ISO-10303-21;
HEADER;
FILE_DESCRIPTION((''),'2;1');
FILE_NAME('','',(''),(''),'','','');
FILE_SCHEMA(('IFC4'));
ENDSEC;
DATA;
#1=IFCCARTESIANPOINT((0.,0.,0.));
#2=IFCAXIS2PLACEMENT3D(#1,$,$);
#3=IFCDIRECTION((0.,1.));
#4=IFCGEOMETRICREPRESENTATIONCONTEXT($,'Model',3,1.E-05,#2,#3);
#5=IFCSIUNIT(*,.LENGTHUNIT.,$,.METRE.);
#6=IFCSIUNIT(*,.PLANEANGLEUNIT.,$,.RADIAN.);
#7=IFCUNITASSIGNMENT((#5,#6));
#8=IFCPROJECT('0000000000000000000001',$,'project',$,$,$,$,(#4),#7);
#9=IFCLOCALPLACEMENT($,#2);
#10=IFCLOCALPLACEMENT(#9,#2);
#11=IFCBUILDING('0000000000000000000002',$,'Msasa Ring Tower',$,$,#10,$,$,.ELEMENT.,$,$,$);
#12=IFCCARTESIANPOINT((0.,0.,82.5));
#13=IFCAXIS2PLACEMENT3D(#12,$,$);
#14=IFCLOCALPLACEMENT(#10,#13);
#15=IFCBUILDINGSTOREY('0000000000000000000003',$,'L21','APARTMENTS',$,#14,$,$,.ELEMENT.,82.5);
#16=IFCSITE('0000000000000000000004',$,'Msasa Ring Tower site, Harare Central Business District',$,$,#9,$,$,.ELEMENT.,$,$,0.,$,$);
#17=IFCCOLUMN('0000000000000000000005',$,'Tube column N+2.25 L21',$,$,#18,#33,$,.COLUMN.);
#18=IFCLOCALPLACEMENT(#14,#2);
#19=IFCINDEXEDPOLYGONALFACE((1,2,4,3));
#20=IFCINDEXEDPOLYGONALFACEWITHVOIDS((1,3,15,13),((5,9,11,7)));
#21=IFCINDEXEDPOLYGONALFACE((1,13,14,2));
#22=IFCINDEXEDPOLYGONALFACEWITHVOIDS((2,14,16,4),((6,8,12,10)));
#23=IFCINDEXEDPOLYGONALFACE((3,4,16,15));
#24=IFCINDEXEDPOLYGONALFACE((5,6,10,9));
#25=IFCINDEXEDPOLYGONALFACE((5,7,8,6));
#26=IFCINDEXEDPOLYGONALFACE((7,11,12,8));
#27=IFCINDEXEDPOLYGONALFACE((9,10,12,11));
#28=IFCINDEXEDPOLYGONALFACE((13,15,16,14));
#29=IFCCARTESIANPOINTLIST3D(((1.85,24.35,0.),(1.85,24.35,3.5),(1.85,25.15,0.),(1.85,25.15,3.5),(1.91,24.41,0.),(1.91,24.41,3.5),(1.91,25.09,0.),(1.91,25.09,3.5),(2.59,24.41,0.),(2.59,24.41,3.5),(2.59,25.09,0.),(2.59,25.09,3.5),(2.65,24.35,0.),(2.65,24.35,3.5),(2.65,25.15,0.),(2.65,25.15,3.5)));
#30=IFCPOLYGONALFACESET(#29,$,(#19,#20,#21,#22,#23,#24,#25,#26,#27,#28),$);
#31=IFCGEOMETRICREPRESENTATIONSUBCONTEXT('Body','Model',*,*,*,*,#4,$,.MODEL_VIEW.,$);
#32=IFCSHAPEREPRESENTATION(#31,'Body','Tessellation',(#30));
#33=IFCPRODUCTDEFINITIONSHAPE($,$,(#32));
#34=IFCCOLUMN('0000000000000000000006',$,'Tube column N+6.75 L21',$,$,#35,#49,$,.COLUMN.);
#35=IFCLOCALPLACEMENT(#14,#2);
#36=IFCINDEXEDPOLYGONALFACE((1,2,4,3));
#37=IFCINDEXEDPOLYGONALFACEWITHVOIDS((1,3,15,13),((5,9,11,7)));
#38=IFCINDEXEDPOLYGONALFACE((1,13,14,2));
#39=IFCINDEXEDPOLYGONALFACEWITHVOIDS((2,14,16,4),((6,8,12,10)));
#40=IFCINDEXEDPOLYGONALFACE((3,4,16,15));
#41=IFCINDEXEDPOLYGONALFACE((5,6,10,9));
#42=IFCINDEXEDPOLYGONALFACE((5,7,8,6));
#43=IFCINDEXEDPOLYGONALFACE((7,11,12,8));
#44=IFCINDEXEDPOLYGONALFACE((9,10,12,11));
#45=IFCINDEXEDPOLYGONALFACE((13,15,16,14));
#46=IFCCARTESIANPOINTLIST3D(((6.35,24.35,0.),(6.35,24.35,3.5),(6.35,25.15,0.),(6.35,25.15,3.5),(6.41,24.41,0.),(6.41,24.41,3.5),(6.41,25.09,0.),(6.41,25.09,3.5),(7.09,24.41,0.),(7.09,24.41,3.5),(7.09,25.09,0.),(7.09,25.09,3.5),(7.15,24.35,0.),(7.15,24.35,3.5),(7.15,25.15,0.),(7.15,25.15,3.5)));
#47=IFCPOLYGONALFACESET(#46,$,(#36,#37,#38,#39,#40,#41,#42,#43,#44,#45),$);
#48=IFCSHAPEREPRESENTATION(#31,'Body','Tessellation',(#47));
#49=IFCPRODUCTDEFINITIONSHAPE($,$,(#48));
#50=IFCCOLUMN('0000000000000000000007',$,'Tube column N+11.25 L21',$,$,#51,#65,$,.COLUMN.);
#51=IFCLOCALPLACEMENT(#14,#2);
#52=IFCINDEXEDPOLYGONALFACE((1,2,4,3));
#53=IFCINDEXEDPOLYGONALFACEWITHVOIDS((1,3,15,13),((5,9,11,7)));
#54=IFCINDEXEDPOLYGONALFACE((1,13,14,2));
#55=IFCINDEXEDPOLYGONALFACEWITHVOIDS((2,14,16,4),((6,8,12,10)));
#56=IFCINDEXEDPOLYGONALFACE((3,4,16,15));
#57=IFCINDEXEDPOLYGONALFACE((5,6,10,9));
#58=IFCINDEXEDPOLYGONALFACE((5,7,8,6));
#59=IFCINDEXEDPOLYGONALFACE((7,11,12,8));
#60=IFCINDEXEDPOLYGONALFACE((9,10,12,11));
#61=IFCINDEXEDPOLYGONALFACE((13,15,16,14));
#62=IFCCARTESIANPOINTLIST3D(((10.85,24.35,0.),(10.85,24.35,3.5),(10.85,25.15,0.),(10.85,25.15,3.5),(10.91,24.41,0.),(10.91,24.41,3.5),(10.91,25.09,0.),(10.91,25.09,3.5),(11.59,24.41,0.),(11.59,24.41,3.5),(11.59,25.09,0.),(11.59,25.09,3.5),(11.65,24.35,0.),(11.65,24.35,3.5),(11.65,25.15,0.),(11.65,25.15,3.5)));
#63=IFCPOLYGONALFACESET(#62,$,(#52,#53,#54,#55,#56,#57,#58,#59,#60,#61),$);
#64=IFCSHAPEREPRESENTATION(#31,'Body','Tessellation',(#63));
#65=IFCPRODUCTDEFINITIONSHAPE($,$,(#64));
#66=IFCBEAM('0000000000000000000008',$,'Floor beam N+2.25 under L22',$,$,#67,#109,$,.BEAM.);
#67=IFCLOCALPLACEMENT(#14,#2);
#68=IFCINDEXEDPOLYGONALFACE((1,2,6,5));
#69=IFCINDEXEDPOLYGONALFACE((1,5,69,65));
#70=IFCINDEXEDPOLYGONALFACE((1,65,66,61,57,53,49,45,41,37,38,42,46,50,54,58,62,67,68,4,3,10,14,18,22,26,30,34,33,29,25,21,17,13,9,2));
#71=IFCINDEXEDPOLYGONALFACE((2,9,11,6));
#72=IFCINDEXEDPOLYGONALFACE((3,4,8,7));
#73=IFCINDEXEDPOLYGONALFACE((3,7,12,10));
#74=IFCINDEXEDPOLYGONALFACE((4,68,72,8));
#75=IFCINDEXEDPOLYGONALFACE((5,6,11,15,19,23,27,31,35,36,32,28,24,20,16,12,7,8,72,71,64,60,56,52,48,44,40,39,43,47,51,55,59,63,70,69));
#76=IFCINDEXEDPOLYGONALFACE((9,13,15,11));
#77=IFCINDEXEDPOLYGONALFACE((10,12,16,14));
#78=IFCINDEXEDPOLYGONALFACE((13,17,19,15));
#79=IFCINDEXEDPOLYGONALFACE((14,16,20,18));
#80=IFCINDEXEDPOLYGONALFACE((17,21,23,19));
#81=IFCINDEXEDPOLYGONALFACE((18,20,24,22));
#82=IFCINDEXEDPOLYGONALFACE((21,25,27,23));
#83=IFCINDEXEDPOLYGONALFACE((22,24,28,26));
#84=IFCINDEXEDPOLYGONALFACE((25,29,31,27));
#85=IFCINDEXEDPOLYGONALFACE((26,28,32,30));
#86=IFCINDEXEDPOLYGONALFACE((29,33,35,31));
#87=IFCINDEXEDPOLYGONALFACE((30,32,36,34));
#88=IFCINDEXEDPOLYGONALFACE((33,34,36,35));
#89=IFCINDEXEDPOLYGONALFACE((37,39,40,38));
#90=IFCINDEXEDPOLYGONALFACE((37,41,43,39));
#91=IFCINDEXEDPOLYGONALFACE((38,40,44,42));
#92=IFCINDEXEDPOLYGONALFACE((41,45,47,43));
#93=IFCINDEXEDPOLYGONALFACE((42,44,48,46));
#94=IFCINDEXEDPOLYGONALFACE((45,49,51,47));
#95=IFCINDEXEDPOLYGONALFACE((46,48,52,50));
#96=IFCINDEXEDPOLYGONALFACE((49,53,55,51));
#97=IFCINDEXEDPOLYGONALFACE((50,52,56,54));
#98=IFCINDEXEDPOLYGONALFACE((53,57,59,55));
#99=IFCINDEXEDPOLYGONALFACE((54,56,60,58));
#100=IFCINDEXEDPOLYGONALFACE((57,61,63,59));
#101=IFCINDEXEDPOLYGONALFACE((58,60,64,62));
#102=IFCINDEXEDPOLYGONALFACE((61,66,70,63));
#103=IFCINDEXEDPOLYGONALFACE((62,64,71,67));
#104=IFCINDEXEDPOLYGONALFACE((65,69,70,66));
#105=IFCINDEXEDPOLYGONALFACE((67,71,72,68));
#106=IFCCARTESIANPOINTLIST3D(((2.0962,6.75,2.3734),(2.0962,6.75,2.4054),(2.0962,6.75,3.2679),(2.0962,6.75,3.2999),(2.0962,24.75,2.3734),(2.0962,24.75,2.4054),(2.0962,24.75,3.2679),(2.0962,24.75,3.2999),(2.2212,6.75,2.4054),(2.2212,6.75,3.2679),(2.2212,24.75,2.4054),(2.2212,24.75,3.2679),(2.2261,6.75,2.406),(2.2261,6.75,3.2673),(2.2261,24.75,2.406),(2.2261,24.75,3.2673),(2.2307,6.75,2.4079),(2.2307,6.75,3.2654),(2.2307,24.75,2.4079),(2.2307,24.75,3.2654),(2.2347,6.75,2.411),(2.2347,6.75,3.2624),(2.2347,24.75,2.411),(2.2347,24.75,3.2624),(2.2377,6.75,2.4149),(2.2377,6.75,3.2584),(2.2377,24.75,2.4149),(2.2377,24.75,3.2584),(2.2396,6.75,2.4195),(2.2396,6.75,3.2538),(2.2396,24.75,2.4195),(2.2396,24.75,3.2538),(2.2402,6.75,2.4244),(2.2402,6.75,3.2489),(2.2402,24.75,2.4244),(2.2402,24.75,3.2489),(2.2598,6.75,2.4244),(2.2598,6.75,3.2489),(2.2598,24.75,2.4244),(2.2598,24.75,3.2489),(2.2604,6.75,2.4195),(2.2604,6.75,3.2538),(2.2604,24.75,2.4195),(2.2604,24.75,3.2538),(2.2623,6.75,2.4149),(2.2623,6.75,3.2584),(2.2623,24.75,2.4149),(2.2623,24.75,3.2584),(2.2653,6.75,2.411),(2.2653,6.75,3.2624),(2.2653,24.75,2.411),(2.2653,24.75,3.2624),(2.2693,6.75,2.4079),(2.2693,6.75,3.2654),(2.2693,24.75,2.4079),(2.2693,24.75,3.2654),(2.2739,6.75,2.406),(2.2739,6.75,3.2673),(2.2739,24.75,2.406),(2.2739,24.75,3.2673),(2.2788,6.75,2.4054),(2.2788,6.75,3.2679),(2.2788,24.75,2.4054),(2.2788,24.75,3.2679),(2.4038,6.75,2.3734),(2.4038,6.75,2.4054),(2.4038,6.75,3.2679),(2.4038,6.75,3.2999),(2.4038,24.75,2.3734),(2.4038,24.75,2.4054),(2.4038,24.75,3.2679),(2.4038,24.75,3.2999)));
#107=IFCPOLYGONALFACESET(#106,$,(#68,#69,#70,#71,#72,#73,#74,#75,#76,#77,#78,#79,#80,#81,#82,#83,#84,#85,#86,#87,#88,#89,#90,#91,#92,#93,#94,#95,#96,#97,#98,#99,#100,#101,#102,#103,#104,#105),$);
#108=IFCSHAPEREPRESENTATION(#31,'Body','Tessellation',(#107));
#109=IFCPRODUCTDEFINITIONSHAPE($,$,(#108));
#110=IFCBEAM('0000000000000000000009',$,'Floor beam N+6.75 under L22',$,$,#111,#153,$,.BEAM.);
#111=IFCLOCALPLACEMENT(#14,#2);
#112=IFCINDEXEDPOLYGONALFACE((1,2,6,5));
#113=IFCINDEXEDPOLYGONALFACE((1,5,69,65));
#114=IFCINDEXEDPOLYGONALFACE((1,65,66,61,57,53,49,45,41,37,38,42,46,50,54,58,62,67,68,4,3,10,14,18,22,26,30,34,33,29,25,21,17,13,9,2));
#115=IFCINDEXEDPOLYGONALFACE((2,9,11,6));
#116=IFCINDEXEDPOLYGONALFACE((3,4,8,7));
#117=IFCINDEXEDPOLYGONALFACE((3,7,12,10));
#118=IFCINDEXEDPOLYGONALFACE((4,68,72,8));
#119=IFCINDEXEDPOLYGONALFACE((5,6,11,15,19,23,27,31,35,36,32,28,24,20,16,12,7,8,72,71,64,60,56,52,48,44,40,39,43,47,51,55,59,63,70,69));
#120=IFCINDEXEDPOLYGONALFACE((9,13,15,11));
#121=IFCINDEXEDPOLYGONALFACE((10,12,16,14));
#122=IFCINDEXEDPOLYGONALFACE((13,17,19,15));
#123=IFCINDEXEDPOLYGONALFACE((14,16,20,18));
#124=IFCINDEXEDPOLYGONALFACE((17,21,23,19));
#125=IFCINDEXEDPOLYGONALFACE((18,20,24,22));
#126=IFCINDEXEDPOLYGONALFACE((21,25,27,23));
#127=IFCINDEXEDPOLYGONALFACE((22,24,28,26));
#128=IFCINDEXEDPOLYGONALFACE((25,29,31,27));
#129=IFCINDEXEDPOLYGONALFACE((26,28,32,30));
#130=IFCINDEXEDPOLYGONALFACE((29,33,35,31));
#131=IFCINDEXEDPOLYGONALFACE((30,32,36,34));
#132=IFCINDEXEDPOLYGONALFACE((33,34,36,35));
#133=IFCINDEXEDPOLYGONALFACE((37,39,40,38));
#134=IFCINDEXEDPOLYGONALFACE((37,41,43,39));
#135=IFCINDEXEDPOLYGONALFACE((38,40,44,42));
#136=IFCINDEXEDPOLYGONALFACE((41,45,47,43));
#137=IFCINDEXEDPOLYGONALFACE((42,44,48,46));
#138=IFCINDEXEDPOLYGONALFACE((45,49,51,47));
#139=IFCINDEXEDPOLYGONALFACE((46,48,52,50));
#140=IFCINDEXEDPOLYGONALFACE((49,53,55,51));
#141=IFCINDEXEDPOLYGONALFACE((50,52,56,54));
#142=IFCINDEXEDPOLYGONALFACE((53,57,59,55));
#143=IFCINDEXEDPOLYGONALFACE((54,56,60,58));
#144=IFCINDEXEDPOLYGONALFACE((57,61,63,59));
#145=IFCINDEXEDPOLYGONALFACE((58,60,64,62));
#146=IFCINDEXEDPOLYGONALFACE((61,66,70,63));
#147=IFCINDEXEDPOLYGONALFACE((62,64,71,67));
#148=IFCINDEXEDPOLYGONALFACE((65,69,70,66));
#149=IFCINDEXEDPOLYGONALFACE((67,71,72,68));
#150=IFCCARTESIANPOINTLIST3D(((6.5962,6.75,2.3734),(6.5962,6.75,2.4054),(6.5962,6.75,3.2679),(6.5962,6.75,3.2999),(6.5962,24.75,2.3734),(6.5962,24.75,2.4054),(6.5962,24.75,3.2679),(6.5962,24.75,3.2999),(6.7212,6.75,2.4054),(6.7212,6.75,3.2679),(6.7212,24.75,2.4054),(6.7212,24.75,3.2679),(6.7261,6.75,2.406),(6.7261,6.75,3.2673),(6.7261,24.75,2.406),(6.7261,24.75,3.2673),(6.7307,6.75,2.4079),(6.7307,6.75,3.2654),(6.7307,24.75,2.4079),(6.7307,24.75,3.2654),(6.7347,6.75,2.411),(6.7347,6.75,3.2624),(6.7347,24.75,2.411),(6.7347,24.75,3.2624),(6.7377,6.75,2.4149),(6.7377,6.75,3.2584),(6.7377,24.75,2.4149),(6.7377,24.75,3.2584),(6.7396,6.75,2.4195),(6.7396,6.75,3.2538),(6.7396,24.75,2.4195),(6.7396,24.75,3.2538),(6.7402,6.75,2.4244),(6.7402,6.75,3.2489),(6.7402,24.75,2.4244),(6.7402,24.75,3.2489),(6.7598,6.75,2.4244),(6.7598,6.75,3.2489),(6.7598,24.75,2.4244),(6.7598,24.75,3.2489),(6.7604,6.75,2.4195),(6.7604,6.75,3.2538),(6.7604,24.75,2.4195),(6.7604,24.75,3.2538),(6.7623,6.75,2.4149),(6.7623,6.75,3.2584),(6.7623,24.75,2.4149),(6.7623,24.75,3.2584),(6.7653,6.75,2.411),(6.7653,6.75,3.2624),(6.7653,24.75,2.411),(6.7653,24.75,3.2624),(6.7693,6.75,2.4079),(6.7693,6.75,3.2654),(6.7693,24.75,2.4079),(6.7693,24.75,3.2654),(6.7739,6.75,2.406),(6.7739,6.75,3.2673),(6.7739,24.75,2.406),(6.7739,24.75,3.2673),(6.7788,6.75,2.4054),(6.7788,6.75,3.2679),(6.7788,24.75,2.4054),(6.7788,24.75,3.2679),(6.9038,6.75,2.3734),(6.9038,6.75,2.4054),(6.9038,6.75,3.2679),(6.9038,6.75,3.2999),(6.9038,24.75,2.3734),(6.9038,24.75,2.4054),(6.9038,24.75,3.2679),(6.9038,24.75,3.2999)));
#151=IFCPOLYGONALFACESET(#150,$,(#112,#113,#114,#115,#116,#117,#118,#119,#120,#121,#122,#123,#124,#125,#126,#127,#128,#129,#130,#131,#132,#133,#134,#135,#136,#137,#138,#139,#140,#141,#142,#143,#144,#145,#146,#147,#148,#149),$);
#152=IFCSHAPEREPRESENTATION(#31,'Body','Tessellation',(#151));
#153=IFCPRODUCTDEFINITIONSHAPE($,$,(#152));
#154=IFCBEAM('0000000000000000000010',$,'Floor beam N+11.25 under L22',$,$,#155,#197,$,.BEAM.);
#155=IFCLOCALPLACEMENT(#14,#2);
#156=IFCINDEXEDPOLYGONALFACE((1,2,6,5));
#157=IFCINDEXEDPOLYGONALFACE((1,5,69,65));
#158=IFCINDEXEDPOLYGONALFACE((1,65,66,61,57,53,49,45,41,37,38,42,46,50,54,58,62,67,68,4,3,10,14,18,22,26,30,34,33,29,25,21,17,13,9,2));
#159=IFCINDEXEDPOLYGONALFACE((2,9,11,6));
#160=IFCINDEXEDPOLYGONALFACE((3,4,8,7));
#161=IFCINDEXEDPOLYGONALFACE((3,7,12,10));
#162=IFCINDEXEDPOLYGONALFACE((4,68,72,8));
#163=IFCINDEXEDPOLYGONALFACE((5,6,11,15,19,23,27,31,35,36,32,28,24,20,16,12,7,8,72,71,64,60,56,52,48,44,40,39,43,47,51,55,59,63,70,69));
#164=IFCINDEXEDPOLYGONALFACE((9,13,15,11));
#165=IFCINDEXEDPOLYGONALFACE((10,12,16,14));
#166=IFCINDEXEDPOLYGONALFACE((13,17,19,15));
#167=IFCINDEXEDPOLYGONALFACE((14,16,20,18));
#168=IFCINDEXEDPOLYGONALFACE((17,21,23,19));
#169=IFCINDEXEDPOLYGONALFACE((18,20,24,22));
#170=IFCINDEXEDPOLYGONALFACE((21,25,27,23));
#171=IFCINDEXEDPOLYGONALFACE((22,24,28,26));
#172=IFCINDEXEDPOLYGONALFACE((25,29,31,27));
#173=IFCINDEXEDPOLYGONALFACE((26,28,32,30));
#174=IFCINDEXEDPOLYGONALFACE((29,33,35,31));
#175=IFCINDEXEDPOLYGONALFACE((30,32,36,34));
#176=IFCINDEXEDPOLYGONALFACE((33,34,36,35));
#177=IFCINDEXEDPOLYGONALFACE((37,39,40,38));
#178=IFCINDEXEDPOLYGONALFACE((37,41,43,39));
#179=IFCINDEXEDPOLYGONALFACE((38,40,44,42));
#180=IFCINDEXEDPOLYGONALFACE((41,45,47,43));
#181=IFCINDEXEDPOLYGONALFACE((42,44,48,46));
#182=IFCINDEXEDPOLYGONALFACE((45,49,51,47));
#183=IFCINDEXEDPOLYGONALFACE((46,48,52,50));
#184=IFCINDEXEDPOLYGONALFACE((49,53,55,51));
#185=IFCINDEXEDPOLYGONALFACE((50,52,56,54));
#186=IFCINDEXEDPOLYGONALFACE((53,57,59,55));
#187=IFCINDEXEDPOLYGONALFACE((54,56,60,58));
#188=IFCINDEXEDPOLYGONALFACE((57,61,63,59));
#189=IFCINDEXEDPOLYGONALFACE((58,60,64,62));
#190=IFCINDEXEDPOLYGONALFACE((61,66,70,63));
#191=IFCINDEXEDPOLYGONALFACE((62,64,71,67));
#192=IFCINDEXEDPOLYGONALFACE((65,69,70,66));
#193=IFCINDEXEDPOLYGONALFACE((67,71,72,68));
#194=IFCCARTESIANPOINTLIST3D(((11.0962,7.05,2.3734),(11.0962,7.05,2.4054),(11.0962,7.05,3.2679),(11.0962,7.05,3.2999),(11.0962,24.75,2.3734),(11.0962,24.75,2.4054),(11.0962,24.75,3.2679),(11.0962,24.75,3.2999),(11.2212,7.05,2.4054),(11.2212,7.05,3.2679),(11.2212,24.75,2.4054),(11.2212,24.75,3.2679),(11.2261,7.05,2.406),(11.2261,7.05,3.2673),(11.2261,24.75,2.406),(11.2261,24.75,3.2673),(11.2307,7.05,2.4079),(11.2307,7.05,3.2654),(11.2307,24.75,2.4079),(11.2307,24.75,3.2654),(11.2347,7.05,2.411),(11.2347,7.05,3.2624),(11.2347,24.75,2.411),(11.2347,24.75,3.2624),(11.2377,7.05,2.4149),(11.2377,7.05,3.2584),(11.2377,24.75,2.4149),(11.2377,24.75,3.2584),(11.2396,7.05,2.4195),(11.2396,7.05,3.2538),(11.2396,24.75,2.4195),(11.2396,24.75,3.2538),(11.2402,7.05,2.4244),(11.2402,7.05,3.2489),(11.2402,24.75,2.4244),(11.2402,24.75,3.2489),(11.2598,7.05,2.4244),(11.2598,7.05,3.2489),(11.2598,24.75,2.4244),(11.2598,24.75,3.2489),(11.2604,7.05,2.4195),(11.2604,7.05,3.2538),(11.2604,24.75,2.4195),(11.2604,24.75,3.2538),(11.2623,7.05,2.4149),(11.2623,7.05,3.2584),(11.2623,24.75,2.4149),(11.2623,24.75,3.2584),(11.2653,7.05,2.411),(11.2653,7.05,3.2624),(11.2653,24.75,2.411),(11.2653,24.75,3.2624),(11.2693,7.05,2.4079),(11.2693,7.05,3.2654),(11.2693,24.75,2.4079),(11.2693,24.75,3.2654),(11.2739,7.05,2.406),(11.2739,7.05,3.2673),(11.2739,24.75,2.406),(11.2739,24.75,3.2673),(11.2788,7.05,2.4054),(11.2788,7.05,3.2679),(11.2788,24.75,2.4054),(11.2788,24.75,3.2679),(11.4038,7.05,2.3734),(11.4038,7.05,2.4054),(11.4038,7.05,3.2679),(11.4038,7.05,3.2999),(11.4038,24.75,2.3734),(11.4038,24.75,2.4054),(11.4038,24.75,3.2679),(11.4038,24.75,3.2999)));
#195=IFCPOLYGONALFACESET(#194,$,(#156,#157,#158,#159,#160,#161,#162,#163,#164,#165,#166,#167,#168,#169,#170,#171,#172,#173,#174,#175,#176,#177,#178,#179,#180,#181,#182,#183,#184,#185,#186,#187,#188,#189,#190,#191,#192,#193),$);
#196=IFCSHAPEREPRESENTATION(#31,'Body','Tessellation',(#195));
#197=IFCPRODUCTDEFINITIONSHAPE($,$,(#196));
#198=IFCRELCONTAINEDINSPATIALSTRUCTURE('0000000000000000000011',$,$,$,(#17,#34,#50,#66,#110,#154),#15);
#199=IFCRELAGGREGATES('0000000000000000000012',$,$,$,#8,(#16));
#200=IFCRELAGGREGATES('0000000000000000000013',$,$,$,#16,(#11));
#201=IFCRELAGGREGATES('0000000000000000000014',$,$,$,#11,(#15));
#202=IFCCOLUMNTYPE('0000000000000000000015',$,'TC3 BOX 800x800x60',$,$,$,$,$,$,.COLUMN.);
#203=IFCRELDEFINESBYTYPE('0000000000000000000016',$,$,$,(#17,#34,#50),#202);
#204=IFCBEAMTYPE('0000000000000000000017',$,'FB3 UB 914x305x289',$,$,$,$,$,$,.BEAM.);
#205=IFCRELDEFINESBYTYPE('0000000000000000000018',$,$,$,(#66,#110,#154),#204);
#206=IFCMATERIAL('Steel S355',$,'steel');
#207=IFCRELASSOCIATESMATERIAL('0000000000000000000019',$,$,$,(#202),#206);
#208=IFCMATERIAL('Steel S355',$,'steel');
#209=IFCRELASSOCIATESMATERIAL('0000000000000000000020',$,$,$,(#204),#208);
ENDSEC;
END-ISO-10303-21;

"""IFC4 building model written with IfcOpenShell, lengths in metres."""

from ifc_helpers import new_model, si_unit, direction, frame, origin, origin_2d, place, context, subcontext, project, spatial, hollow_rectangle, i_section, extrude, material, material_profile, profile_set, type_object, element, save


model = new_model("IFC4")

# Units and contexts
model_context = context("Model", 3, precision=1e-05, world=origin(), true_north=direction((0.0, 1.0)))
body_context = subcontext(model_context, "Body", "Model", "MODEL_VIEW")
ifc_project = project(units=[si_unit("LENGTHUNIT", "METRE"), si_unit("PLANEANGLEUNIT", "RADIAN")], contexts=[model_context])

# Site, building, storey
site_placement = place(None, origin())
site = spatial("IfcSite", under=ifc_project, at=site_placement, Name="Msasa Ring Tower site, Harare Central Business District", CompositionType="ELEMENT", RefElevation=0.0)
building_placement = place(site_placement, origin())
building = spatial("IfcBuilding", under=site, at=building_placement, Name="Msasa Ring Tower", CompositionType="ELEMENT")
storey_placement = place(building_placement, frame((0.0, 0.0, 82.5)))
storey = spatial("IfcBuildingStorey", under=building, at=storey_placement, Name="L21", Description="APARTMENTS", CompositionType="ELEMENT", Elevation=82.5)

# Columns
ifc_material_1 = material(Name="Steel S355", Category="steel")
ifc_material_profile_1 = material_profile(ifc_material_1, hollow_rectangle(XDim=0.8, YDim=0.8, WallThickness=0.0601, at=origin_2d()), Name="BOX 800x800x60")
ifc_profile_set_1 = profile_set([ifc_material_profile_1], Name="Steel S355")
column_type = type_object("IfcColumnType", Name="TC3 BOX 800x800x60", PredefinedType="COLUMN", material=ifc_profile_set_1)
for number, where, z_axis, x_axis, name in (
    (1, (2.25, 24.75, 0.0), (0.0, 0.0, 1.0), (0.0, 1.0, 0.0), "Tube column N+2.25 L21"),
    (2, (6.75, 24.75, 0.0), (0.0, 0.0, 1.0), (0.0, 1.0, 0.0), "Tube column N+6.75 L21"),
    (3, (11.25, 24.75, 0.0), (0.0, 0.0, 1.0), (0.0, 1.0, 0.0), "Tube column N+11.25 L21"),
):
    element("IfcColumn", number, at=place(storey_placement, frame(where, z_axis=z_axis, x_axis=x_axis)), inside=storey, type_object=column_type, Name=name, PredefinedType="COLUMN", context=body_context, shape_type="SweptSolid", body=[
        extrude(hollow_rectangle(XDim=0.8, YDim=0.8, WallThickness=0.0601, at=origin_2d()), origin(), (0.0, 0.0, 1.0), 3.5),
    ])

# Beams
ifc_material_2 = material(Name="Steel S355", Category="steel")
ifc_material_profile_2 = material_profile(ifc_material_2, i_section(OverallWidth=0.3076, OverallDepth=0.9265, WebThickness=0.0195, FlangeThickness=0.032, FilletRadius=0.019, at=origin_2d()), Name="UB 914x305x289")
ifc_profile_set_2 = profile_set([ifc_material_profile_2], Name="Steel S355")
beam_type_1 = type_object("IfcBeamType", Name="FB3 UB 914x305x289", PredefinedType="BEAM", material=ifc_profile_set_2)
for number, where, z_axis, x_axis, name in (
    (4, (2.25, 24.75, 2.8367), (0.0, -1.0, 0.0), (1.0, 0.0, 0.0), "Floor beam N+2.25 under L22"),
    (5, (6.75, 24.75, 2.8367), (0.0, -1.0, 0.0), (1.0, 0.0, 0.0), "Floor beam N+6.75 under L22"),
):
    element("IfcBeam", number, at=place(storey_placement, frame(where, z_axis=z_axis, x_axis=x_axis)), inside=storey, type_object=beam_type_1, Name=name, PredefinedType="BEAM", context=body_context, shape_type="SweptSolid", body=[
        extrude(i_section(OverallWidth=0.3076, OverallDepth=0.9265, WebThickness=0.0195, FlangeThickness=0.032, FilletRadius=0.019, at=origin_2d()), origin(), (0.0, 0.0, 1.0), 18.0),
    ])
beam_placement = place(storey_placement, frame((11.25, 24.75, 2.8367), z_axis=(0.0, -1.0, 0.0), x_axis=(1.0, 0.0, 0.0)))
element("IfcBeam", 6, at=beam_placement, inside=storey, type_object=beam_type_1, Name="Floor beam N+11.25 under L22", PredefinedType="BEAM", context=body_context, shape_type="SweptSolid", body=[
    extrude(i_section(OverallWidth=0.3076, OverallDepth=0.9265, WebThickness=0.0195, FlangeThickness=0.032, FilletRadius=0.019, at=origin_2d()), origin(), (0.0, 0.0, 1.0), 17.7),
])

save(model, "model.ifc")
